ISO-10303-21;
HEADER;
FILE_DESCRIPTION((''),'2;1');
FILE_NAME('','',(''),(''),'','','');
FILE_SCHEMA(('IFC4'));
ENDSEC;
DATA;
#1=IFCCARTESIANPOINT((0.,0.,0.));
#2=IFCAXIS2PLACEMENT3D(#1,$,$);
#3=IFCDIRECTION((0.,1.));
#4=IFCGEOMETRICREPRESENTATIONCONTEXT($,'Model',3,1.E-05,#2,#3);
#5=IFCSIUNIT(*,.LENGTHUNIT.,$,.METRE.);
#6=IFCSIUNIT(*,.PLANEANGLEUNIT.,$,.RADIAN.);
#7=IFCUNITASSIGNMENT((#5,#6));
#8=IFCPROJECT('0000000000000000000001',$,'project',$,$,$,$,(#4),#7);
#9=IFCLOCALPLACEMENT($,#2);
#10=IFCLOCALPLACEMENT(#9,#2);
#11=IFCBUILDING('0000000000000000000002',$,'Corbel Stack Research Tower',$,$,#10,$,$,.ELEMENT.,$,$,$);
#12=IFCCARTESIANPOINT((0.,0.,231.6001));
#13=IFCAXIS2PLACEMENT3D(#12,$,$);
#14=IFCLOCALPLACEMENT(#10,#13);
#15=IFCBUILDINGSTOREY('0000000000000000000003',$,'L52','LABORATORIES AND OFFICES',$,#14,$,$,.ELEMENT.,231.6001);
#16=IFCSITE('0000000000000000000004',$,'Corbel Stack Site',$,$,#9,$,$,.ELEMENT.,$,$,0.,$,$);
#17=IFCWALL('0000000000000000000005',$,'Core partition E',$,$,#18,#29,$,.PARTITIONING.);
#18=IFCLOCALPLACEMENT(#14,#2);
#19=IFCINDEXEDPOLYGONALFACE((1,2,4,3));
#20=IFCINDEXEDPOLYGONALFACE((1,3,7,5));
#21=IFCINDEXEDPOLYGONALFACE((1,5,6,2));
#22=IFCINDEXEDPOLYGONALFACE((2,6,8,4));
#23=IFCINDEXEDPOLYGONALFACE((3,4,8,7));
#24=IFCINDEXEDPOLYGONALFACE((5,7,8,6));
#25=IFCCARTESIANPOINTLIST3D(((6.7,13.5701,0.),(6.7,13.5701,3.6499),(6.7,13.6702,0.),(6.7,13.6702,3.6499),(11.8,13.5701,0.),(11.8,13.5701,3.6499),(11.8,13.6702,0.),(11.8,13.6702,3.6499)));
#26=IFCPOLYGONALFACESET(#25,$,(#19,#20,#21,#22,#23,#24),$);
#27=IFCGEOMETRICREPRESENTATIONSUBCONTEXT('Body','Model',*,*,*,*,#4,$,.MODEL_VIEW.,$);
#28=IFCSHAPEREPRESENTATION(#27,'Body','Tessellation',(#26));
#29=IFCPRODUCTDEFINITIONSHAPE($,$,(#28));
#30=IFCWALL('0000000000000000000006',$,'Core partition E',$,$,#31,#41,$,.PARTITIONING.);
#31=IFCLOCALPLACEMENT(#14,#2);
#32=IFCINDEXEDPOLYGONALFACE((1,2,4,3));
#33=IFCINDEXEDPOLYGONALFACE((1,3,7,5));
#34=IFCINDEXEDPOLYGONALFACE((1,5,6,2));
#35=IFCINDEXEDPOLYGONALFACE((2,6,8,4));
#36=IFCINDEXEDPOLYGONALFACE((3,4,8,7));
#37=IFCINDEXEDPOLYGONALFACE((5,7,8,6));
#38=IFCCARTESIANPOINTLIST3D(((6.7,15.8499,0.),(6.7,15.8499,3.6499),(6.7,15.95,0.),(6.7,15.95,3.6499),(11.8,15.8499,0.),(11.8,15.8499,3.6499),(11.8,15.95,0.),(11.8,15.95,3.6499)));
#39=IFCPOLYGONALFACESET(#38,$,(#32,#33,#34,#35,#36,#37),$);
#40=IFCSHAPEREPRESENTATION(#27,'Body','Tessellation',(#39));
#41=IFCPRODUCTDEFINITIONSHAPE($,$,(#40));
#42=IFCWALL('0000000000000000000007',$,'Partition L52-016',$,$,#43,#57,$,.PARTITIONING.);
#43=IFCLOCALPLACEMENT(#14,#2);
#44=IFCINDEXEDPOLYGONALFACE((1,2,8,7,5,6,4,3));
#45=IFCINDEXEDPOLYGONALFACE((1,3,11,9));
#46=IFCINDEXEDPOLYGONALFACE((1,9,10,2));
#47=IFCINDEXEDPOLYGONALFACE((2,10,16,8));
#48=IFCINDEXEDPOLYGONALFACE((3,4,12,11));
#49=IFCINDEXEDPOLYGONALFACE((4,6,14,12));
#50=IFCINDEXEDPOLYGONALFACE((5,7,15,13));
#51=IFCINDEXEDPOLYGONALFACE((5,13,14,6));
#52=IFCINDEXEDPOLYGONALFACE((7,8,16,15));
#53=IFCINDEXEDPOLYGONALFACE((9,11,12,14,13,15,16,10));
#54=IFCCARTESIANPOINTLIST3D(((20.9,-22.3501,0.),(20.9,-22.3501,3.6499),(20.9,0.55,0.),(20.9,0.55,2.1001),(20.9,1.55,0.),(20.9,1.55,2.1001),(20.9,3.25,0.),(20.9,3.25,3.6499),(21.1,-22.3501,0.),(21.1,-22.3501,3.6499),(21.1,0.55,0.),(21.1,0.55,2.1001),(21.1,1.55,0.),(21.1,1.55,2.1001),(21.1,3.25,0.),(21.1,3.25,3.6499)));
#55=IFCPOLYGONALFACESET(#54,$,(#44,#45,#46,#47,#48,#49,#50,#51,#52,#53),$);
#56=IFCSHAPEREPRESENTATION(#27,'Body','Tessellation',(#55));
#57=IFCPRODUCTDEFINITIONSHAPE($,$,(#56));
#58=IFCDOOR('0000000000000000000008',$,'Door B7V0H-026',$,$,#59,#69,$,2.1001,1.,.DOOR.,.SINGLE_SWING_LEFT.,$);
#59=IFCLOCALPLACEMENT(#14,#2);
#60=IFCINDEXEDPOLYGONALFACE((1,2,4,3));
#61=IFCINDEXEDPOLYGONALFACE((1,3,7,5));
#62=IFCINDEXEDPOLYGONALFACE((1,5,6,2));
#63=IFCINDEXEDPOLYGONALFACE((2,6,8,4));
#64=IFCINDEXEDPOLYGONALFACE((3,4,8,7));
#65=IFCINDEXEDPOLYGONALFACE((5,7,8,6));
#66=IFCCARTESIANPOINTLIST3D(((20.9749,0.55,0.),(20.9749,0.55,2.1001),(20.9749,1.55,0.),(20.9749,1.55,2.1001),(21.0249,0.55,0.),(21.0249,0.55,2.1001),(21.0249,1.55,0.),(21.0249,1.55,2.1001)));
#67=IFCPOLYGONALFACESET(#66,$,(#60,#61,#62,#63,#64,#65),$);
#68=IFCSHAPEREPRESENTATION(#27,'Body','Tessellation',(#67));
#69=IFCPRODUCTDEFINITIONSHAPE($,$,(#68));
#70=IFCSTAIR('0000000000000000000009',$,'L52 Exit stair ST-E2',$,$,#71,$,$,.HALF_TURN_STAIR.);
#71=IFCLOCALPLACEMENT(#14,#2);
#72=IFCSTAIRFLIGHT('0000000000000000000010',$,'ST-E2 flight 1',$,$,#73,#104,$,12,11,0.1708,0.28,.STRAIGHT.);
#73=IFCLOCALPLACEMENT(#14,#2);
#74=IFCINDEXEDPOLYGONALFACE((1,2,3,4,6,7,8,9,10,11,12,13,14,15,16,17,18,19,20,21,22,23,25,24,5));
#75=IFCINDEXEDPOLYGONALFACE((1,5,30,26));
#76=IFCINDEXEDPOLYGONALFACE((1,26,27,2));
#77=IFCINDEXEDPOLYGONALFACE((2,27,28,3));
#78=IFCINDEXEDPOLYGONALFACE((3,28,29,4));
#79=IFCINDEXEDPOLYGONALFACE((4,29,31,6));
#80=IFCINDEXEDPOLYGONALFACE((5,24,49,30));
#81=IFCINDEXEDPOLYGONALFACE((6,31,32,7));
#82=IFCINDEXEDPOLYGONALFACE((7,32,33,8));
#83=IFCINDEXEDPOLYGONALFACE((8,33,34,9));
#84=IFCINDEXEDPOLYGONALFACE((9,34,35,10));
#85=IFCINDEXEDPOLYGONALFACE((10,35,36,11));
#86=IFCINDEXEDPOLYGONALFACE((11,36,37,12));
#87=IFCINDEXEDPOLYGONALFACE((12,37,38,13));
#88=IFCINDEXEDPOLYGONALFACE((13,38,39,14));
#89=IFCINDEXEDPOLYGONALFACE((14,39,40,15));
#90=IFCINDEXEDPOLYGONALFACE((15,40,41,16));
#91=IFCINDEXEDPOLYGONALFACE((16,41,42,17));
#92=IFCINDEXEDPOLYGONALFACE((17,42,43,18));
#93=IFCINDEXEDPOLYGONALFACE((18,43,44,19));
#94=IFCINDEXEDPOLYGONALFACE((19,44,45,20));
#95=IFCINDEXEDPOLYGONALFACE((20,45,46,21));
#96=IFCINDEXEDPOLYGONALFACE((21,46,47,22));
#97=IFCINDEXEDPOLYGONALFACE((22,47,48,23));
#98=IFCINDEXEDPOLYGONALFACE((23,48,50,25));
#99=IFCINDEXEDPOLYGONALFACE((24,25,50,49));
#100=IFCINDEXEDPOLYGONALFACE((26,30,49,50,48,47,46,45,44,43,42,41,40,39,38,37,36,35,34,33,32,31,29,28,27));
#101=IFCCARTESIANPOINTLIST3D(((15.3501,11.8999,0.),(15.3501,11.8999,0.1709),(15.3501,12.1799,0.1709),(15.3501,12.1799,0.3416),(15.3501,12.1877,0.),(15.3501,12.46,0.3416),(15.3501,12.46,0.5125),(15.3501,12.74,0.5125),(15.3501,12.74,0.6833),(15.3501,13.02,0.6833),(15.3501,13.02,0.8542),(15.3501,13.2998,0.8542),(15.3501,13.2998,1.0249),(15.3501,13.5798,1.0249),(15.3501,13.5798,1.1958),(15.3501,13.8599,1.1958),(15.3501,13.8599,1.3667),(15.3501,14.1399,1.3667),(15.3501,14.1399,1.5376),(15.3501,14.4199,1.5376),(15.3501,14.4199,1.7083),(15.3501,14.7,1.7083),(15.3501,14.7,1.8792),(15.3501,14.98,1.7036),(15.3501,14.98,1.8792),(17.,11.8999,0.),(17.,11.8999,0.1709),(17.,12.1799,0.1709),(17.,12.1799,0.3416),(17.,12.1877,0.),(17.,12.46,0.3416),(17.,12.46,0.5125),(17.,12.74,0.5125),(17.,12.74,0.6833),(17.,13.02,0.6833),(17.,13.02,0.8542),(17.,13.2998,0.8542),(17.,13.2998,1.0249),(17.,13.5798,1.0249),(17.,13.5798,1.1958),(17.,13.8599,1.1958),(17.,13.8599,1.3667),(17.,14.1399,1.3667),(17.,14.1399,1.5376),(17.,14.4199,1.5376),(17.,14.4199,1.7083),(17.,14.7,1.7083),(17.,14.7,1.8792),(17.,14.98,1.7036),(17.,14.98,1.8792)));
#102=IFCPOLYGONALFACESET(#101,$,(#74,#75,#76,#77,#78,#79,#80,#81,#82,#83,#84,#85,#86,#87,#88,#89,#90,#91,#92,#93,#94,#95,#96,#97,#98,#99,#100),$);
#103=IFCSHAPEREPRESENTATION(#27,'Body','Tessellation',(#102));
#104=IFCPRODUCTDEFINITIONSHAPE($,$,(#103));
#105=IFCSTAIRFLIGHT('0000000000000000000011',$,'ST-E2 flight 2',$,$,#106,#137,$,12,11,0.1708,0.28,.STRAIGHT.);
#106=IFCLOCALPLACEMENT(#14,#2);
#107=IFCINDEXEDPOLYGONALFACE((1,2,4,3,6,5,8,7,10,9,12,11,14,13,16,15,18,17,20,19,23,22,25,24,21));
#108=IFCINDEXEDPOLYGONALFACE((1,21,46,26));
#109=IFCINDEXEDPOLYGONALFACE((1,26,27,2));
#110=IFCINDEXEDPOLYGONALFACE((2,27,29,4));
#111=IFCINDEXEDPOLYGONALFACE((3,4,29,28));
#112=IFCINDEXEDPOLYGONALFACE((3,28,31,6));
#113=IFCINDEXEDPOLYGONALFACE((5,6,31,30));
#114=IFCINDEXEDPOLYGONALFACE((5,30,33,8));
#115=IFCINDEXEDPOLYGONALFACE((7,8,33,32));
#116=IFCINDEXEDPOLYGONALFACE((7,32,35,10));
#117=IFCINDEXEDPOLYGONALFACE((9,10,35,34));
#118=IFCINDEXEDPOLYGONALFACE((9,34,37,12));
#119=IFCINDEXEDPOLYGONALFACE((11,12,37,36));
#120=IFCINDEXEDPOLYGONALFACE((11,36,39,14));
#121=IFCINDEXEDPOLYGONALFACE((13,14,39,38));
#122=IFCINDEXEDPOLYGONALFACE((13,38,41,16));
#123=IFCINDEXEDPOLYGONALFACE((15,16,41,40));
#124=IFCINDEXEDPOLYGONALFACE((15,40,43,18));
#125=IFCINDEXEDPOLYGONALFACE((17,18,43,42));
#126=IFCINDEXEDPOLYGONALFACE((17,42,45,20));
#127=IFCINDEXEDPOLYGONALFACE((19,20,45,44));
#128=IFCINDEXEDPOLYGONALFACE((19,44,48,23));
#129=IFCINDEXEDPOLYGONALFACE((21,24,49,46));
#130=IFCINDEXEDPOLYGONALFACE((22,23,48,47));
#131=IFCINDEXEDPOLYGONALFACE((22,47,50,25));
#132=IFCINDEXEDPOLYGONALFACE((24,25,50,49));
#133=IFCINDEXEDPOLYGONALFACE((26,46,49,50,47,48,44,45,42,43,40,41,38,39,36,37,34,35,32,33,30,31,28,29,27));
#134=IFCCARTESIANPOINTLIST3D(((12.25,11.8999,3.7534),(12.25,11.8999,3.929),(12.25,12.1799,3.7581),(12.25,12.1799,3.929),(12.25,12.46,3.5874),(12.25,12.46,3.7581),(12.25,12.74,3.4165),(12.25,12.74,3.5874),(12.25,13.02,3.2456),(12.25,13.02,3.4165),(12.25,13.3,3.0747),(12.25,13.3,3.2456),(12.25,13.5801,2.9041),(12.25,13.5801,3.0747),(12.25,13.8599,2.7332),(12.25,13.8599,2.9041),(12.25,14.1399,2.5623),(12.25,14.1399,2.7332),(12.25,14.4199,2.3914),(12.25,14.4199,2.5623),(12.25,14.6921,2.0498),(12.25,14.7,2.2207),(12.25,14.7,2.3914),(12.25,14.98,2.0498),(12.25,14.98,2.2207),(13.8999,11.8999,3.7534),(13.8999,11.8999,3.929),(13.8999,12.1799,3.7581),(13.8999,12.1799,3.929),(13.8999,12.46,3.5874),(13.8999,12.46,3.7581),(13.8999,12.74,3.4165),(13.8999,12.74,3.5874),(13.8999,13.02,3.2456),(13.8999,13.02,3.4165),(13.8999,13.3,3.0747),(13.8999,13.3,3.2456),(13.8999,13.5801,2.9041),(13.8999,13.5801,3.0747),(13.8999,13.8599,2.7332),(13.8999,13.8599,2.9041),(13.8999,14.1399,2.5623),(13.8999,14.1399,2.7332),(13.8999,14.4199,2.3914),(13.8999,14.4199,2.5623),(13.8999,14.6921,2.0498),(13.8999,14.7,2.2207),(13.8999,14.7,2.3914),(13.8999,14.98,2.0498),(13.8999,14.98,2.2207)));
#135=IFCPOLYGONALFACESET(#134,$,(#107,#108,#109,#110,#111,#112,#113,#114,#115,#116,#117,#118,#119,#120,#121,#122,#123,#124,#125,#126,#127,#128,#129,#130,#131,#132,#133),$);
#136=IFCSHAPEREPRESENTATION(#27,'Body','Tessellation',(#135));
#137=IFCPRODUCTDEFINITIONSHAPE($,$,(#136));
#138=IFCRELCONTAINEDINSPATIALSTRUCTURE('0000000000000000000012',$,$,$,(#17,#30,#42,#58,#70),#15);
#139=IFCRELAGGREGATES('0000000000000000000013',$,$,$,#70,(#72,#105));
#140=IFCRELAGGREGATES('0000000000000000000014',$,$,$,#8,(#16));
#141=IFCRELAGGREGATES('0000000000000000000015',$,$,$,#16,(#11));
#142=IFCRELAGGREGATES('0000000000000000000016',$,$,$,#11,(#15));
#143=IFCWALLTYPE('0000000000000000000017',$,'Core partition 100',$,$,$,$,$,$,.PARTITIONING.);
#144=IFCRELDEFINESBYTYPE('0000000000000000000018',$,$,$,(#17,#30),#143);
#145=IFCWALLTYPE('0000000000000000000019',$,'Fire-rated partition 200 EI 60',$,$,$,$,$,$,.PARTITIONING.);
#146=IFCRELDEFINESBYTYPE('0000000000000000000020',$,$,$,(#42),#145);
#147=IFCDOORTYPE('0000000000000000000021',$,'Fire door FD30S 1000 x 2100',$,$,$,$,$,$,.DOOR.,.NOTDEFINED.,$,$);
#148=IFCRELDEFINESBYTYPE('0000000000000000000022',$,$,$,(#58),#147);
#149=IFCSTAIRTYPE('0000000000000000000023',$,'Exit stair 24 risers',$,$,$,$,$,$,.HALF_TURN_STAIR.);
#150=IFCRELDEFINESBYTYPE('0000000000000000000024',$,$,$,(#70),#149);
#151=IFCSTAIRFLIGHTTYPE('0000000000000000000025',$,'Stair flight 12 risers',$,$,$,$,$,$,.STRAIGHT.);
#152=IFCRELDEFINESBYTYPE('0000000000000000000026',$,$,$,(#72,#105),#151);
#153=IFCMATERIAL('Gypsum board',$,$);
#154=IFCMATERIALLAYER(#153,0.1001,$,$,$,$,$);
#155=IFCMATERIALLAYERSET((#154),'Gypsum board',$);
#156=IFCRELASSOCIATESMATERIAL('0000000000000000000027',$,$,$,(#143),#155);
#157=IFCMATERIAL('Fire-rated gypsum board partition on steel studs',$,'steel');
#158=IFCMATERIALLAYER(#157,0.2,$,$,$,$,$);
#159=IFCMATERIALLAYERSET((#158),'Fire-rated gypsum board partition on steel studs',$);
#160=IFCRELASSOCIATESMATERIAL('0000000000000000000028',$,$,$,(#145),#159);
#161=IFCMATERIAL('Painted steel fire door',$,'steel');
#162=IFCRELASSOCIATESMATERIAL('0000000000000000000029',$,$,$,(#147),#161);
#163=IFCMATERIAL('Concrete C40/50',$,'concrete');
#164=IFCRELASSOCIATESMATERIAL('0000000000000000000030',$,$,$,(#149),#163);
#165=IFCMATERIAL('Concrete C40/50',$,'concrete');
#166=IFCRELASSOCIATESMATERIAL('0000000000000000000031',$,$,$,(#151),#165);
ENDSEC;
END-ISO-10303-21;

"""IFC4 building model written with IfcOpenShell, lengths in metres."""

from ifc_helpers import new_model, si_unit, direction, frame, frame_2d, origin, place, context, subcontext, project, spatial, polyline, rectangle, outline, extrude, material, layer, layer_set, type_object, element, fill, aggregate, save


model = new_model("IFC4")

# Units and contexts
model_context = context("Model", 3, precision=1e-05, world=origin(), true_north=direction((0.0, 1.0)))
body_context = subcontext(model_context, "Body", "Model", "MODEL_VIEW")
ifc_project = project(units=[si_unit("LENGTHUNIT", "METRE"), si_unit("PLANEANGLEUNIT", "RADIAN")], contexts=[model_context])

# Site, building, storey
site_placement = place(None, origin())
site = spatial("IfcSite", under=ifc_project, at=site_placement, Name="Corbel Stack Site", CompositionType="ELEMENT", RefElevation=0.0)
building_placement = place(site_placement, origin())
building = spatial("IfcBuilding", under=site, at=building_placement, Name="Corbel Stack Research Tower", CompositionType="ELEMENT")
storey_placement = place(building_placement, frame((0.0, 0.0, 231.6001)))
storey = spatial("IfcBuildingStorey", under=building, at=storey_placement, Name="L52", Description="LABORATORIES AND OFFICES", CompositionType="ELEMENT", Elevation=231.6001)

# Walls
ifc_material_1 = material(Name="Gypsum board")
ifc_layer_1 = layer(ifc_material_1, 0.1001)
ifc_layer_set_1 = layer_set([ifc_layer_1], Name="Gypsum board")
wall_type_1 = type_object("IfcWallType", Name="Core partition 100", PredefinedType="PARTITIONING", material=ifc_layer_set_1)
for number, where, z_axis, x_axis, name in (
    (1, (6.7, 13.6201, 0.0), (0.0, 0.0, 1.0), (1.0, 0.0, 0.0), "Core partition E"),
    (2, (6.7, 15.8999, 0.0), (0.0, 0.0, 1.0), (1.0, 0.0, 0.0), "Core partition E"),
):
    element("IfcWall", number, at=place(storey_placement, frame(where, z_axis=z_axis, x_axis=x_axis)), inside=storey, type_object=wall_type_1, Name=name, PredefinedType="PARTITIONING", context=body_context, shape_type="SweptSolid", body=[
        extrude(rectangle(XDim=5.1001, YDim=0.1001, at=frame_2d((2.55, 0.0))), origin(), (0.0, 0.0, 1.0), 3.6499),
    ])

# Wall, opening, door
ifc_material_2 = material(Name="Fire-rated gypsum board partition on steel studs", Category="steel")
ifc_layer_2 = layer(ifc_material_2, 0.2)
ifc_layer_set_2 = layer_set([ifc_layer_2], Name="Fire-rated gypsum board partition on steel studs")
wall_type_2 = type_object("IfcWallType", Name="Fire-rated partition 200 EI 60", PredefinedType="PARTITIONING", material=ifc_layer_set_2)
wall_1_placement = place(storey_placement, frame((21.0, 3.25, 0.0), z_axis=(0.0, 0.0, 1.0), x_axis=(0.0, -1.0, 0.0)))
wall_1 = element("IfcWall", 3, at=wall_1_placement, inside=storey, type_object=wall_type_2, Name="Partition L52-016", PredefinedType="PARTITIONING", context=body_context, shape_type="SweptSolid", body=[
    extrude(rectangle(XDim=25.6001, YDim=0.2, at=frame_2d((12.8, 0.0))), origin(), (0.0, 0.0, 1.0), 3.6499),
])
opening_1_placement = place(wall_1_placement, frame((1.7, 0.0, 0.0)))
opening_1 = element("IfcOpeningElement", 4, at=opening_1_placement, cuts=wall_1, PredefinedType="OPENING", context=body_context, shape_type="SweptSolid", body=[
    extrude(rectangle(XDim=1.0, YDim=2.1001, at=frame_2d((0.5, 1.05))), frame((0.0, 0.1099, 0.0), z_axis=(0.0, -1.0, 0.0), x_axis=(1.0, 0.0, 0.0)), (0.0, 0.0, 1.0), 0.22),
])
ifc_material_3 = material(Name="Painted steel fire door", Category="steel")
door_type_1 = type_object("IfcDoorType", Name="Fire door FD30S 1000 x 2100", OperationType="NOTDEFINED", PredefinedType="DOOR", material=ifc_material_3)
door_1_placement = place(opening_1_placement, origin())
door_1 = element("IfcDoor", 5, at=door_1_placement, inside=storey, type_object=door_type_1, Name="Door B7V0H-026", OperationType="SINGLE_SWING_LEFT", OverallHeight=2.1001, OverallWidth=1.0, PredefinedType="DOOR", context=body_context, shape_type="SweptSolid", body=[
    extrude(rectangle(XDim=1.0, YDim=2.1001, at=frame_2d((0.5, 1.05))), frame((0.0, 0.0249, 0.0), z_axis=(0.0, -1.0, 0.0), x_axis=(1.0, 0.0, 0.0)), (0.0, 0.0, 1.0), 0.05),
])
fill(opening_1, door_1)

# Stair, stair flights
ifc_material_4 = material(Name="Concrete C40/50", Category="concrete")
stair_type = type_object("IfcStairType", Name="Exit stair 24 risers", PredefinedType="HALF_TURN_STAIR", material=ifc_material_4)
stair_placement = place(storey_placement, origin())
stair = element("IfcStair", 6, at=stair_placement, inside=storey, type_object=stair_type, Name="L52 Exit stair ST-E2", PredefinedType="HALF_TURN_STAIR")
ifc_material_5 = material(Name="Concrete C40/50", Category="concrete")
stair_flight_type = type_object("IfcStairFlightType", Name="Stair flight 12 risers", PredefinedType="STRAIGHT", material=ifc_material_5)
stair_flight_1_placement = place(storey_placement, frame((16.175, 11.8999, 0.0), z_axis=(0.0, 0.0, 1.0), x_axis=(0.0, 1.0, 0.0)))
stair_flight_1 = element("IfcStairFlight", 7, at=stair_flight_1_placement, type_object=stair_flight_type, Name="ST-E2 flight 1", NumberOfRisers=12, NumberOfTreads=11, PredefinedType="STRAIGHT", RiserHeight=0.1708, TreadLength=0.28, context=body_context, shape_type="SweptSolid", body=[
    extrude(outline(polyline([(0.0, 0.0), (0.0, 0.1709), (0.28, 0.1709), (0.28, 0.3416), (0.5601, 0.3416), (0.5601, 0.5125), (0.8401, 0.5125), (0.8401, 0.6833), (1.1201, 0.6833), (1.1201, 0.8542), (1.3999, 0.8542), (1.3999, 1.0249), (1.6799, 1.0249), (1.6799, 1.1958), (1.96, 1.1958), (1.96, 1.3667), (2.24, 1.3667), (2.24, 1.5376), (2.52, 1.5376), (2.52, 1.7083), (2.8, 1.7083), (2.8, 1.8792), (3.0801, 1.8792), (3.0801, 2.05), (3.0801, 1.7036), (0.2878, 0.0), (0.0, 0.0)])), frame((0.0, 0.825, 0.0), z_axis=(0.0, -1.0, 0.0), x_axis=(1.0, 0.0, 0.0)), (0.0, 0.0, 1.0), 1.6499),
])
stair_flight_2_placement = place(storey_placement, frame((13.075, 14.98, 2.0498), z_axis=(0.0, 0.0, 1.0), x_axis=(0.0, -1.0, 0.0)))
stair_flight_2 = element("IfcStairFlight", 8, at=stair_flight_2_placement, type_object=stair_flight_type, Name="ST-E2 flight 2", NumberOfRisers=12, NumberOfTreads=11, PredefinedType="STRAIGHT", RiserHeight=0.1708, TreadLength=0.28, context=body_context, shape_type="SweptSolid", body=[
    extrude(outline(polyline([(0.0, 0.0), (0.0, 0.1709), (0.28, 0.1709), (0.28, 0.3416), (0.5601, 0.3416), (0.5601, 0.5125), (0.8401, 0.5125), (0.8401, 0.6833), (1.1201, 0.6833), (1.1201, 0.8542), (1.3999, 0.8542), (1.3999, 1.0249), (1.6799, 1.0249), (1.6799, 1.1958), (1.96, 1.1958), (1.96, 1.3667), (2.24, 1.3667), (2.24, 1.5376), (2.52, 1.5376), (2.52, 1.7083), (2.8, 1.7083), (2.8, 1.8792), (3.0801, 1.8792), (3.0801, 2.05), (3.0801, 1.7036), (0.2878, 0.0), (0.0, 0.0)])), frame((0.0, 0.825, 0.0), z_axis=(0.0, -1.0, 0.0), x_axis=(1.0, 0.0, 0.0)), (0.0, 0.0, 1.0), 1.6499),
])
aggregate(stair, [stair_flight_1, stair_flight_2])

save(model, "model.ifc")
